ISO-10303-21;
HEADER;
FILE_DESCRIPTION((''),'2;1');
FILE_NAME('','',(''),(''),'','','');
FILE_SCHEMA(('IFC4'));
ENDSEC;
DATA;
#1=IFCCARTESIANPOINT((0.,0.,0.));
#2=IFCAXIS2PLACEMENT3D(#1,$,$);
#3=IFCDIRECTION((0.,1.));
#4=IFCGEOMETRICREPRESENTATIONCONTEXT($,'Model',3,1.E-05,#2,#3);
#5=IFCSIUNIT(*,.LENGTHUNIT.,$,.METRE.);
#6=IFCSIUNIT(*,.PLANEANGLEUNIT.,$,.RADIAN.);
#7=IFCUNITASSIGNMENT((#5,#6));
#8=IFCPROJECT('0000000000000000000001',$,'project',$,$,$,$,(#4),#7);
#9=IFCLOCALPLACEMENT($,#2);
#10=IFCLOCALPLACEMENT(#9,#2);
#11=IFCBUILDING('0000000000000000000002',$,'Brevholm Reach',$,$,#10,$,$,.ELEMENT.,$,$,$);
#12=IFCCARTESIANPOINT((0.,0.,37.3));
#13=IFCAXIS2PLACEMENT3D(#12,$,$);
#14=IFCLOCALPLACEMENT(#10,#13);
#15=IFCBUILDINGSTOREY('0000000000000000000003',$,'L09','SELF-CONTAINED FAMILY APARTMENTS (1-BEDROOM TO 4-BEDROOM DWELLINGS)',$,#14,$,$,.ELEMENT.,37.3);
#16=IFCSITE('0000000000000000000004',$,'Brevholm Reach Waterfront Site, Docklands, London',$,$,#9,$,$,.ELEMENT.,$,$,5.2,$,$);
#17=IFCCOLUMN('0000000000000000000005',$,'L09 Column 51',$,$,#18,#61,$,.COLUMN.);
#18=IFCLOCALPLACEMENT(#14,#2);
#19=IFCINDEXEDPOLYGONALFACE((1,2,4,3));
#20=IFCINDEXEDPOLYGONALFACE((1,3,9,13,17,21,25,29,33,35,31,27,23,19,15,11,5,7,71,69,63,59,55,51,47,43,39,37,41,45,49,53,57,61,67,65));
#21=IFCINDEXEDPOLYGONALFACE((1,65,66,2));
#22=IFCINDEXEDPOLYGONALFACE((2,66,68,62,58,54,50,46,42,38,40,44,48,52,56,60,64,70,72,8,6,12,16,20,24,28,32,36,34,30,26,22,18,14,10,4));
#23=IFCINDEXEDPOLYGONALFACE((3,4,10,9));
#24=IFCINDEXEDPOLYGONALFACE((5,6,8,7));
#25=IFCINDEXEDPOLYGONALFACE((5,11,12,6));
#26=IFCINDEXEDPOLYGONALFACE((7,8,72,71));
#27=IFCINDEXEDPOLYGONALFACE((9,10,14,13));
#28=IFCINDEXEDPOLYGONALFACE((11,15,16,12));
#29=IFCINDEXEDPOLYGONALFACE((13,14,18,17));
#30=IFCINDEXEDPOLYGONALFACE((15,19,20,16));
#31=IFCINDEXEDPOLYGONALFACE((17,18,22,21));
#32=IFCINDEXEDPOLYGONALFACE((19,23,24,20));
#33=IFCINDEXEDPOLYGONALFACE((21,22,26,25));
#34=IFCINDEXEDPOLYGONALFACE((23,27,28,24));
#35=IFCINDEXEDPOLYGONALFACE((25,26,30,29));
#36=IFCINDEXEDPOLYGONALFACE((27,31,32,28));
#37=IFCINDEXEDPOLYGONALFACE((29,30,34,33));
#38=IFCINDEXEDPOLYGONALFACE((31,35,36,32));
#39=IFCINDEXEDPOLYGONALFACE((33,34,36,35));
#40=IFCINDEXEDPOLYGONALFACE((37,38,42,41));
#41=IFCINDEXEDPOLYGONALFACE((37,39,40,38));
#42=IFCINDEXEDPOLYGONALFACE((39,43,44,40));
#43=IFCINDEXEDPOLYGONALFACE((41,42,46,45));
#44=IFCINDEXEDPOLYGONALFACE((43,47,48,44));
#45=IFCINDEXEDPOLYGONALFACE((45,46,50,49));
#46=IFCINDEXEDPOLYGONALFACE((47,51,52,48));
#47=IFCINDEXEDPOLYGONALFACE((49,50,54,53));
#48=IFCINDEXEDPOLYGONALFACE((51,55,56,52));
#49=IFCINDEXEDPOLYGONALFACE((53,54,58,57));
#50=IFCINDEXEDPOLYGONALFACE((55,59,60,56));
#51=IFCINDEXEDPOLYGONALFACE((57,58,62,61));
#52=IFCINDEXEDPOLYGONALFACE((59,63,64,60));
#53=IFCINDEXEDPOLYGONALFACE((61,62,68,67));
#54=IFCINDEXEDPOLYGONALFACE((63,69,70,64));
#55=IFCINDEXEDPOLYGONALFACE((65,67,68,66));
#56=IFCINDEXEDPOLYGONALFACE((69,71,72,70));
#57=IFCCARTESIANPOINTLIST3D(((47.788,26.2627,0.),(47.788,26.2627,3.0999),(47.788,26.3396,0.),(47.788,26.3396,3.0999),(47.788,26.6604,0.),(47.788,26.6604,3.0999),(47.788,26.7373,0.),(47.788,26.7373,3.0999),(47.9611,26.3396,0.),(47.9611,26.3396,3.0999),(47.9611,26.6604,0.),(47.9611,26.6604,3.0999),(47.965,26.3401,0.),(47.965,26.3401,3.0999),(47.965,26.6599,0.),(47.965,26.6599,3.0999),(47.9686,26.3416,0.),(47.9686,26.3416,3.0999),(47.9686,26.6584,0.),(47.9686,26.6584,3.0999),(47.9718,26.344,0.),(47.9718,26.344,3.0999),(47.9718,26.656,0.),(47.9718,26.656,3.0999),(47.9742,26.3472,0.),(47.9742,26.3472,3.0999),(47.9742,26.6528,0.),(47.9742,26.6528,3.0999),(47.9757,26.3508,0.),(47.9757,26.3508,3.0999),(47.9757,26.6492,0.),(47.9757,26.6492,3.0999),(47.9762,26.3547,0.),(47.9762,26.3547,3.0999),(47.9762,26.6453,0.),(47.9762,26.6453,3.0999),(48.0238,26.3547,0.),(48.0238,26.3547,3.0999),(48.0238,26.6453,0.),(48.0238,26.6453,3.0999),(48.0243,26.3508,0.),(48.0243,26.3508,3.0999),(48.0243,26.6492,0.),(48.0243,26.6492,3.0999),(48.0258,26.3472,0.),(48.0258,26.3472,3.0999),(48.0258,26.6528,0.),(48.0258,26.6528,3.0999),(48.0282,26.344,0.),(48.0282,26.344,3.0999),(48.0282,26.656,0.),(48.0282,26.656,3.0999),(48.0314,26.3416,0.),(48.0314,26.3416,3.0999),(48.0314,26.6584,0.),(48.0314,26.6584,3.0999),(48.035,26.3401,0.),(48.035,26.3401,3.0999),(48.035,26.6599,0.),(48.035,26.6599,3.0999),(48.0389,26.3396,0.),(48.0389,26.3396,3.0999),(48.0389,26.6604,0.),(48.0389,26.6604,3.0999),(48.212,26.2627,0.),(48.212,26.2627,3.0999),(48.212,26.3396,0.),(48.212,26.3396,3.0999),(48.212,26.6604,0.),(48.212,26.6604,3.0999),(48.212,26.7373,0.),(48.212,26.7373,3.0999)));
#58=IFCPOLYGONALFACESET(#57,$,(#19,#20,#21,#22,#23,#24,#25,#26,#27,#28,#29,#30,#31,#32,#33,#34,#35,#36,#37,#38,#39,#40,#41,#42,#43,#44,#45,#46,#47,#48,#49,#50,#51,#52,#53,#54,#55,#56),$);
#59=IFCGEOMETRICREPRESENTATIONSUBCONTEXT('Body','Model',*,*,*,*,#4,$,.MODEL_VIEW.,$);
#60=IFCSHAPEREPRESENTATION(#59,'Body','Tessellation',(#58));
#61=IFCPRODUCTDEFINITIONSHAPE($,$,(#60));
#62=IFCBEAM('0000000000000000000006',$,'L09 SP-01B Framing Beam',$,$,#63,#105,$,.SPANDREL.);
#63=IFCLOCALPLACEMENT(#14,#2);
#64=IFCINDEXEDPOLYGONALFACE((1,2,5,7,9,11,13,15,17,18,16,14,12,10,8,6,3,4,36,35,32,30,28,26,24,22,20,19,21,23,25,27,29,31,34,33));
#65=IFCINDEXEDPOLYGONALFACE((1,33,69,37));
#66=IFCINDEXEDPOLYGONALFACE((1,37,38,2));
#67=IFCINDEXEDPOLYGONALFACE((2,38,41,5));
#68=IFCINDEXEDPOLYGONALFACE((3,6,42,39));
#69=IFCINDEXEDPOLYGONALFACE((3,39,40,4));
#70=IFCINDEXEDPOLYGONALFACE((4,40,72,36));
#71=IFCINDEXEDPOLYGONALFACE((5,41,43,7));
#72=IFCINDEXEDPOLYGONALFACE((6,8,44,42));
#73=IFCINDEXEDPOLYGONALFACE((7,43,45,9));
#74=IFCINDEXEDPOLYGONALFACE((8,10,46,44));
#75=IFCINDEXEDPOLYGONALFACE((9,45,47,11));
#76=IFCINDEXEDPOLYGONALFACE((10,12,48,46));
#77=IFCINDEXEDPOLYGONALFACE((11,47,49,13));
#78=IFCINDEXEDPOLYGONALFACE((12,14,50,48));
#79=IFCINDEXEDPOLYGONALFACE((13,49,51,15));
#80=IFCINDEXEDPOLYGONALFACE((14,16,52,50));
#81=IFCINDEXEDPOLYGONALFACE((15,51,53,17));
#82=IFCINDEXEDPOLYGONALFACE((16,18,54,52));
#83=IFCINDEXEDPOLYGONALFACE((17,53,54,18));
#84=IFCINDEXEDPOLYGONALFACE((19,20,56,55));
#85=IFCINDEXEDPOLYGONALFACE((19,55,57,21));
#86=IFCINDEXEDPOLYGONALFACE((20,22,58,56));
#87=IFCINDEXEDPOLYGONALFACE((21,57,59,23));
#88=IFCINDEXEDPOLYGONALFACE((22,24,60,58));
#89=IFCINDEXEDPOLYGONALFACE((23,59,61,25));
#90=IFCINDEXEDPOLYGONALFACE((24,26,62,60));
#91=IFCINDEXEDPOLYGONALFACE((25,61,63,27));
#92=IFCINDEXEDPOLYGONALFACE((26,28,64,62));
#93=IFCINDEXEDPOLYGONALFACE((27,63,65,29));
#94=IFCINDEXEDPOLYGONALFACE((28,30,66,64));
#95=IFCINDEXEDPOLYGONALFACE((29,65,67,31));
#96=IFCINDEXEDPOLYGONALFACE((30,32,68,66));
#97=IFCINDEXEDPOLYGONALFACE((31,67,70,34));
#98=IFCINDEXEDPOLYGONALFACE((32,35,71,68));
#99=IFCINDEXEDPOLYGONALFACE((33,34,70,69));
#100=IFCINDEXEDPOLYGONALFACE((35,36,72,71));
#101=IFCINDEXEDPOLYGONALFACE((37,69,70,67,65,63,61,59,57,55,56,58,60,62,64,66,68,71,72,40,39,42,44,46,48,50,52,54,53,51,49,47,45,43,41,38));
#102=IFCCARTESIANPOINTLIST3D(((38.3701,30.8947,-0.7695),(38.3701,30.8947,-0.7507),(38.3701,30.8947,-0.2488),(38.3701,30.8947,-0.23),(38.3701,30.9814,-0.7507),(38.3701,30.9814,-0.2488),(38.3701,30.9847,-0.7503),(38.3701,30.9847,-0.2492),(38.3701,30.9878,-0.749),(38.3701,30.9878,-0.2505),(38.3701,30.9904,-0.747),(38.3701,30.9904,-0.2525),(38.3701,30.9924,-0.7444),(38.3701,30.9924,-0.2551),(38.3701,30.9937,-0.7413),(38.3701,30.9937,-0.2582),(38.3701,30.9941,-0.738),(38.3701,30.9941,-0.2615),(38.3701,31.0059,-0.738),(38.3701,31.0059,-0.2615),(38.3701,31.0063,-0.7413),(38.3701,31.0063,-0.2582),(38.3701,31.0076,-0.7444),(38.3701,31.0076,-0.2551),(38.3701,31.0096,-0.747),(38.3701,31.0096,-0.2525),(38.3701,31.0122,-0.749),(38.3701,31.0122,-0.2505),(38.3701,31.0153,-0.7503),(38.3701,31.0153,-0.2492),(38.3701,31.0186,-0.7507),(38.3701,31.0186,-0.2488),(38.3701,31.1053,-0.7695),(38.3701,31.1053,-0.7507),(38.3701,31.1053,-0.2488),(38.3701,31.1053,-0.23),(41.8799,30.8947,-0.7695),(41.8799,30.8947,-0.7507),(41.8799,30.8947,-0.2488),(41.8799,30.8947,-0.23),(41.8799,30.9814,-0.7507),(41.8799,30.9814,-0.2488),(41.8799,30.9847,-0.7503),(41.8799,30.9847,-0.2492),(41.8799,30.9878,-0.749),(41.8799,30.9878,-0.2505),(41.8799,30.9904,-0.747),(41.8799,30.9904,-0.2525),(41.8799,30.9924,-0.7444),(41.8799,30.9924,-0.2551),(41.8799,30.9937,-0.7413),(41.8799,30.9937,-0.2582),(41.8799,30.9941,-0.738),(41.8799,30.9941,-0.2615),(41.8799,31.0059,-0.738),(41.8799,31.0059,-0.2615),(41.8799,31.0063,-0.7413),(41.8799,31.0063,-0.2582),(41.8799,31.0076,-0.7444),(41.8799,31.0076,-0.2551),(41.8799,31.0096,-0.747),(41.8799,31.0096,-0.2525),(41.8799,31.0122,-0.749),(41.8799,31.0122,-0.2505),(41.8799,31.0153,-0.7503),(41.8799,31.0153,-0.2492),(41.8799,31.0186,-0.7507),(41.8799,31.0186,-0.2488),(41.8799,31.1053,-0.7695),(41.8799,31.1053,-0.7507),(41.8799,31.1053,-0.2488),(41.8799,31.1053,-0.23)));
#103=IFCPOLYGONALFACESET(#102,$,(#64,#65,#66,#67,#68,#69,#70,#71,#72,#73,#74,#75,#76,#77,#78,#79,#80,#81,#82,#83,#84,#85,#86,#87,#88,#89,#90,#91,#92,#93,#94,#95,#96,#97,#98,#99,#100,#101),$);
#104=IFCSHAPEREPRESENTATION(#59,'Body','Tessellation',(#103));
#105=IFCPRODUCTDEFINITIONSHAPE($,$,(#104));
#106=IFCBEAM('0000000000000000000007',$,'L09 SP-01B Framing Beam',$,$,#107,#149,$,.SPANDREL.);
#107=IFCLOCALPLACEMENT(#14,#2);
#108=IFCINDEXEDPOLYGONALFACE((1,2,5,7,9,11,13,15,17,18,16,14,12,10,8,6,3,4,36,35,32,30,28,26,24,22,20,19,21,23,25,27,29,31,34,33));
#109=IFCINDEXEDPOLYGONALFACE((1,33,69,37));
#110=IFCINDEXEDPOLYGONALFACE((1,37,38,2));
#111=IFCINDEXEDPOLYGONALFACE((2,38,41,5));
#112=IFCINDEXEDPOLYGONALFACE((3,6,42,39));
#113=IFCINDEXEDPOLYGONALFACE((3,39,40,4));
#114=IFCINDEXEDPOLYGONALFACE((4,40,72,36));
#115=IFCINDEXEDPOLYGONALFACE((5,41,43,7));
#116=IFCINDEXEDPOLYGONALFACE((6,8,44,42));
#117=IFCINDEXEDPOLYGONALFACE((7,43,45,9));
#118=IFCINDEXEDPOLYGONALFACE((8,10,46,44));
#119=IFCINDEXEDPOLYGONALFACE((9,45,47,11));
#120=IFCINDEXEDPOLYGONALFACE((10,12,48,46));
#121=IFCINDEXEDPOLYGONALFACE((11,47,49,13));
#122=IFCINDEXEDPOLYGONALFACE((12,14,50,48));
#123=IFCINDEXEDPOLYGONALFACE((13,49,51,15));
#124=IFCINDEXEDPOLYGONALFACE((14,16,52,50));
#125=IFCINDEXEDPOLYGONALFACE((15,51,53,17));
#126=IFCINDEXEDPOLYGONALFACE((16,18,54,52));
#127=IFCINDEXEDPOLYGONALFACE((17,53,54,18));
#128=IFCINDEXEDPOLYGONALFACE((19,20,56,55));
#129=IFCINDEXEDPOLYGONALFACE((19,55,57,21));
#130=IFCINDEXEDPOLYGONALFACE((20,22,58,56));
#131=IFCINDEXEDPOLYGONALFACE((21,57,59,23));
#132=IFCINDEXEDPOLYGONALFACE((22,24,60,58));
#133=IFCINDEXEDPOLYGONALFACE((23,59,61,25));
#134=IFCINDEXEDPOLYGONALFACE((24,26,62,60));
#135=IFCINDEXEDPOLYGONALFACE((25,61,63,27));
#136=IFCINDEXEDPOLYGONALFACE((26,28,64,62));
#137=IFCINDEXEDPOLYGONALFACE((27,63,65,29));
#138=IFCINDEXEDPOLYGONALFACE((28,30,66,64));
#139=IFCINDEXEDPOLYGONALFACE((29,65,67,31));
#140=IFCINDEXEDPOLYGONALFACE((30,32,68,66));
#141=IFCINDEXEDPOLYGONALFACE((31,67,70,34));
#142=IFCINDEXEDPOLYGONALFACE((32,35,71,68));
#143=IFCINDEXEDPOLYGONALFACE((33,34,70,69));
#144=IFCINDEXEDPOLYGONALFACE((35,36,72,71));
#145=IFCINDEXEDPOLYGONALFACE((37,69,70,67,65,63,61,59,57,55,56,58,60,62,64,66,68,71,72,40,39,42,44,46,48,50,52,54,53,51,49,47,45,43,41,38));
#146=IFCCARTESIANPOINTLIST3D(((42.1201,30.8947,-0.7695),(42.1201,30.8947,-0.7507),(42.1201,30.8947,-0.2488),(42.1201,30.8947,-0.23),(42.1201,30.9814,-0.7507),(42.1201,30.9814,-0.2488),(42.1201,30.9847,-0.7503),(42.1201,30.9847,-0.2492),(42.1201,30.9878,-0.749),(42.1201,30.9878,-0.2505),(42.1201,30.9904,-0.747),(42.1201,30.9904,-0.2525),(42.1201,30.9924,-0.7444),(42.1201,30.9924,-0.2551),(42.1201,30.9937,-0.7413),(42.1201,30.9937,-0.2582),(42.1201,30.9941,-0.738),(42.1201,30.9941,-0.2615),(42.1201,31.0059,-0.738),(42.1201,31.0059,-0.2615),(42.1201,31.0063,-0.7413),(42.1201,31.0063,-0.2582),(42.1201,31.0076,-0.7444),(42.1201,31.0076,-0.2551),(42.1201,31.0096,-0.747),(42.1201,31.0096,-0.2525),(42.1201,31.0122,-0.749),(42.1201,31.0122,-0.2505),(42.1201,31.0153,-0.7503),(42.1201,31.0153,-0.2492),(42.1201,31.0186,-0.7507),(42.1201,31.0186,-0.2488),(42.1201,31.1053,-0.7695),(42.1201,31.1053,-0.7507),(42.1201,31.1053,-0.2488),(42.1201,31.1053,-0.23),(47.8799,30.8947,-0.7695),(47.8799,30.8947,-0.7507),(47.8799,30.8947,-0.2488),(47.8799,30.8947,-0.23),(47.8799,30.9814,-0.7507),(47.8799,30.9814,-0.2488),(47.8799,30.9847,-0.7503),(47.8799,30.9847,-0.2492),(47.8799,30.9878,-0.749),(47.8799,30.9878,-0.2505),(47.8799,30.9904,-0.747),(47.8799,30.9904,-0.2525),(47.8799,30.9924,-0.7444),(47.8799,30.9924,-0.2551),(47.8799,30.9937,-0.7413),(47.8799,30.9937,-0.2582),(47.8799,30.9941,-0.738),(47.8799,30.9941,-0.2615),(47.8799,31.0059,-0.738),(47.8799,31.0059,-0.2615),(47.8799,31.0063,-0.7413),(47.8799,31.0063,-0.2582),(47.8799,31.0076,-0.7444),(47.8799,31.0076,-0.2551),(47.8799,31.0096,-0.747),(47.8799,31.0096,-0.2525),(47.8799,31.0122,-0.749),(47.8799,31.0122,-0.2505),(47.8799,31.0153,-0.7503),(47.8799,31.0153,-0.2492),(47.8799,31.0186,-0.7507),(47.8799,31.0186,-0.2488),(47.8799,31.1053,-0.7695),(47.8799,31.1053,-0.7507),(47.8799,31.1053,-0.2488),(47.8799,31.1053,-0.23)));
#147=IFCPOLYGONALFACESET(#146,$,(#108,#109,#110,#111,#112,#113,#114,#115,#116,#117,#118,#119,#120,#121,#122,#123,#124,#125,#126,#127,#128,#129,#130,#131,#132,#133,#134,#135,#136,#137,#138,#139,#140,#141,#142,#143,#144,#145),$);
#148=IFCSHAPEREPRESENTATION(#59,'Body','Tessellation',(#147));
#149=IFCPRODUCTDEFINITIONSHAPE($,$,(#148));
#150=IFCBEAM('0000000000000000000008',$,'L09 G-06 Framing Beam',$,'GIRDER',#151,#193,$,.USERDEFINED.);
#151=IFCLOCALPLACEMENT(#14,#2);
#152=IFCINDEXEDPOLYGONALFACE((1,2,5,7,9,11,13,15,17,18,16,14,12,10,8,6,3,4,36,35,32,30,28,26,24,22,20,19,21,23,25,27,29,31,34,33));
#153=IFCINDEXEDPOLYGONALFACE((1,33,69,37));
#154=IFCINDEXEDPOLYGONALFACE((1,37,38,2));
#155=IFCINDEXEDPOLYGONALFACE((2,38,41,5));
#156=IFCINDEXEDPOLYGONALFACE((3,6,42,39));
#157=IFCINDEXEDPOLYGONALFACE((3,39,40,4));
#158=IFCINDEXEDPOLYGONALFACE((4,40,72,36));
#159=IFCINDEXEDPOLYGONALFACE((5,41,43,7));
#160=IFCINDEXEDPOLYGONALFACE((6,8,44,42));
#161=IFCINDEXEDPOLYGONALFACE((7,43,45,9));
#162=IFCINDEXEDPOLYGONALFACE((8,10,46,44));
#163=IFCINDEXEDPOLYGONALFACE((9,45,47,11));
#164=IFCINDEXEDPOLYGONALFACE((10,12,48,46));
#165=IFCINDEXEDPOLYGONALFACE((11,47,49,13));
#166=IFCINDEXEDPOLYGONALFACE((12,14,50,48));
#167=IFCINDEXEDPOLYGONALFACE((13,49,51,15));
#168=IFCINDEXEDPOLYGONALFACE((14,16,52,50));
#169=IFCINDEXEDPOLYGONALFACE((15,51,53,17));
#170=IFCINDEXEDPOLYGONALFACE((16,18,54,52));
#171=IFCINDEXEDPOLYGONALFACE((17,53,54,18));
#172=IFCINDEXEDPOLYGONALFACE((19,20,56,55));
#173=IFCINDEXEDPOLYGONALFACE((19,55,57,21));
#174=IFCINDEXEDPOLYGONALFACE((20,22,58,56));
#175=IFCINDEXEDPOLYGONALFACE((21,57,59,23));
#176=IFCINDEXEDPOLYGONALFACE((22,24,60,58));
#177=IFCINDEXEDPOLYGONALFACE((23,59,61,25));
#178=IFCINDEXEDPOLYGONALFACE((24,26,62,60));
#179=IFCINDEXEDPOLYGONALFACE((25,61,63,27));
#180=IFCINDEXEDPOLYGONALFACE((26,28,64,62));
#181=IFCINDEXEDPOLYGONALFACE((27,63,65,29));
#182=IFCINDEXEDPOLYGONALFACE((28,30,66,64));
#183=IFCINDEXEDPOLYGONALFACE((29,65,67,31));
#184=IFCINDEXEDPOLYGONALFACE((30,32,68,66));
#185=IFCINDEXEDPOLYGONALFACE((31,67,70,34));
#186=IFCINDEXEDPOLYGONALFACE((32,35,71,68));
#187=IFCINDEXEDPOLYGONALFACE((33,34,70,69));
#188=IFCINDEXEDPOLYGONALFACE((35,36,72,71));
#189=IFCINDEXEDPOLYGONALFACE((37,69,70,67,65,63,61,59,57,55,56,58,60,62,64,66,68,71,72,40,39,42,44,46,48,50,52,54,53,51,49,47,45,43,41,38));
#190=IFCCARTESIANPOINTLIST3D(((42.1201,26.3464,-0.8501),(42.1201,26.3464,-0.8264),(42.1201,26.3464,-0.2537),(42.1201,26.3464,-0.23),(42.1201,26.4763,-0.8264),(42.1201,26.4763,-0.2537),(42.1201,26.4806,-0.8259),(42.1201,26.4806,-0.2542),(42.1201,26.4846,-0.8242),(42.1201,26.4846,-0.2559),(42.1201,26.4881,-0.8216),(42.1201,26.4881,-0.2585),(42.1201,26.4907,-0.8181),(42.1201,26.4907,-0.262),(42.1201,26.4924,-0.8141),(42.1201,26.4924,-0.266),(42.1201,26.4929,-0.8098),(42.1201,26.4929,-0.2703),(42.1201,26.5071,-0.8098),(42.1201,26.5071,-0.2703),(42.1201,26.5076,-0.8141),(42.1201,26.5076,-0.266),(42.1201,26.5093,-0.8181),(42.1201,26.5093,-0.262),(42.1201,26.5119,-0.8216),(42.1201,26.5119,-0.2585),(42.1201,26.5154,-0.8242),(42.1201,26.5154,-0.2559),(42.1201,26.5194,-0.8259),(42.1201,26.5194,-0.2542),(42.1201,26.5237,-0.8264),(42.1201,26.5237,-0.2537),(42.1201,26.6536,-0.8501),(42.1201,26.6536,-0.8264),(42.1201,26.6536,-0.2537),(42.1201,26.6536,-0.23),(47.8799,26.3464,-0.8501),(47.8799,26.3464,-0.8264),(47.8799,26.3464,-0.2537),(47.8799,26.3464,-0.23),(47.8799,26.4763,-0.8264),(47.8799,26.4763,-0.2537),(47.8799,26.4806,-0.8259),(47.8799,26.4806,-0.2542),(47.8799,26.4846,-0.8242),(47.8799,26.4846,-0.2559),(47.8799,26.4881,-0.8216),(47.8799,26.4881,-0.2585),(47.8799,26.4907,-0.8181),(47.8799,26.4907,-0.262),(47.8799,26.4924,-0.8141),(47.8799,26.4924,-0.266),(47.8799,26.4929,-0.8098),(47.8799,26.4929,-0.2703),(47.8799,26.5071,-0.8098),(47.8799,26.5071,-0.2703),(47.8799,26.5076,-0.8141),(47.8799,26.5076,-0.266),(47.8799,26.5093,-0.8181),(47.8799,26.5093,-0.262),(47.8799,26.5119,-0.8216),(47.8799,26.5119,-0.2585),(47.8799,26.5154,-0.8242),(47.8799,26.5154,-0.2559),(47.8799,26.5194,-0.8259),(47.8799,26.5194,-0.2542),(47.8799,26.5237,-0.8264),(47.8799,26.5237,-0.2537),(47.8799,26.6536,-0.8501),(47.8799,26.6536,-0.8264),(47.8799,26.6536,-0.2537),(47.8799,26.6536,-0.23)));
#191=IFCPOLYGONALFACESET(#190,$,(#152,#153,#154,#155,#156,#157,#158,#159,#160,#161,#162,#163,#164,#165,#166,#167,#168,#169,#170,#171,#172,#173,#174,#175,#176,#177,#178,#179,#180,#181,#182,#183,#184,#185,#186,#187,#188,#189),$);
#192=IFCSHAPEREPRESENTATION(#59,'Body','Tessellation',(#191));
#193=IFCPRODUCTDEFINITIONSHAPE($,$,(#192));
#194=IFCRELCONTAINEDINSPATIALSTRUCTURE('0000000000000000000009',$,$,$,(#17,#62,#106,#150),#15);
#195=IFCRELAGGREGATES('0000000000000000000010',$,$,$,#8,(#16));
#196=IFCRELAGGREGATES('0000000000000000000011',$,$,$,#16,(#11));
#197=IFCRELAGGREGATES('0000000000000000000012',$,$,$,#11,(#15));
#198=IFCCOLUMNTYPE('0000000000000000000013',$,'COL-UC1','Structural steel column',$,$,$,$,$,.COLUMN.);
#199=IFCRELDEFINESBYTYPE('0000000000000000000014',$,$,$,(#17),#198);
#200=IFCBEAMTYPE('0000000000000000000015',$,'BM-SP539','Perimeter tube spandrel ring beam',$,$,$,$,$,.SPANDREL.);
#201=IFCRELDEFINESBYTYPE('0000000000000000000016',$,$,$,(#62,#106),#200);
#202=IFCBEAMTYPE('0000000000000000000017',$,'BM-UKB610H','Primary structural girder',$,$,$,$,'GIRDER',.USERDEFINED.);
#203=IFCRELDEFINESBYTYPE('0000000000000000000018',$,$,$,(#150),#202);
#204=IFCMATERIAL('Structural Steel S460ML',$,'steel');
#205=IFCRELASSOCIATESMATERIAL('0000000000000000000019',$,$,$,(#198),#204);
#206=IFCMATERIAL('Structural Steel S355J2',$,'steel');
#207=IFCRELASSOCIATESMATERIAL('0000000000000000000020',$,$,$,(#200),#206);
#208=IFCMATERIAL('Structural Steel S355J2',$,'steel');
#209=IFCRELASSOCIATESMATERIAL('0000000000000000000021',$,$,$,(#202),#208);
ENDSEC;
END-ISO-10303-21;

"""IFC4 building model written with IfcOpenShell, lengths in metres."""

from ifc_helpers import new_model, si_unit, direction, frame, origin, origin_2d, place, context, subcontext, project, spatial, i_section, extrude, material, material_profile, profile_set, type_object, element, save


model = new_model("IFC4")

# Units and contexts
model_context = context("Model", 3, precision=1e-05, world=origin(), true_north=direction((0.0, 1.0)))
body_context = subcontext(model_context, "Body", "Model", "MODEL_VIEW")
ifc_project = project(units=[si_unit("LENGTHUNIT", "METRE"), si_unit("PLANEANGLEUNIT", "RADIAN")], contexts=[model_context])

# Site, building, storey
site_placement = place(None, origin())
site = spatial("IfcSite", under=ifc_project, at=site_placement, Name="Brevholm Reach Waterfront Site, Docklands, London", CompositionType="ELEMENT", RefElevation=5.2)
building_placement = place(site_placement, origin())
building = spatial("IfcBuilding", under=site, at=building_placement, Name="Brevholm Reach", CompositionType="ELEMENT")
storey_placement = place(building_placement, frame((0.0, 0.0, 37.3)))
storey = spatial("IfcBuildingStorey", under=building, at=storey_placement, Name="L09", Description="SELF-CONTAINED FAMILY APARTMENTS (1-BEDROOM TO 4-BEDROOM DWELLINGS)", CompositionType="ELEMENT", Elevation=37.3)

# Column
ifc_material_1 = material(Name="Structural Steel S460ML", Category="steel")
ifc_material_profile_1 = material_profile(ifc_material_1, i_section(OverallWidth=0.4241, OverallDepth=0.4746, WebThickness=0.0476, FlangeThickness=0.0769, FilletRadius=0.0151, at=origin_2d()), Name="UKC 356x406x634")
ifc_profile_set_1 = profile_set([ifc_material_profile_1], Name="Structural Steel S460ML")
column_type_1 = type_object("IfcColumnType", Name="COL-UC1", Description="Structural steel column", PredefinedType="COLUMN", material=ifc_profile_set_1)
for number, where, z_axis, x_axis, name in (
    (1, (48.0, 26.5, 0.0), (0.0, 0.0, 1.0), (1.0, 0.0, 0.0), "L09 Column 51"),
):
    element("IfcColumn", number, at=place(storey_placement, frame(where, z_axis=z_axis, x_axis=x_axis)), inside=storey, type_object=column_type_1, Name=name, PredefinedType="COLUMN", context=body_context, shape_type="SweptSolid", body=[
        extrude(i_section(OverallWidth=0.4241, OverallDepth=0.4746, WebThickness=0.0476, FlangeThickness=0.0769, FilletRadius=0.0151, at=origin_2d()), origin(), (0.0, 0.0, 1.0), 3.0999),
    ])

# Beams
ifc_material_2 = material(Name="Structural Steel S355J2", Category="steel")
ifc_material_profile_2 = material_profile(ifc_material_2, i_section(OverallWidth=0.2107, OverallDepth=0.5396, WebThickness=0.0117, FlangeThickness=0.0188, FilletRadius=0.0127, at=origin_2d()), Name="UKB 533x210x109")
ifc_profile_set_2 = profile_set([ifc_material_profile_2], Name="Structural Steel S355J2")
beam_type_1 = type_object("IfcBeamType", Name="BM-SP539", Description="Perimeter tube spandrel ring beam", PredefinedType="SPANDREL", material=ifc_profile_set_2)
beam_1_placement = place(storey_placement, frame((38.3701, 31.0, -0.4998), z_axis=(1.0, 0.0, 0.0), x_axis=(0.0, 1.0, 0.0)))
element("IfcBeam", 2, at=beam_1_placement, inside=storey, type_object=beam_type_1, Name="L09 SP-01B Framing Beam", PredefinedType="SPANDREL", context=body_context, shape_type="SweptSolid", body=[
    extrude(i_section(OverallWidth=0.2107, OverallDepth=0.5396, WebThickness=0.0117, FlangeThickness=0.0188, FilletRadius=0.0127, at=origin_2d()), origin(), (0.0, 0.0, 1.0), 3.5098),
])
beam_2_placement = place(storey_placement, frame((42.1201, 31.0, -0.4998), z_axis=(1.0, 0.0, 0.0), x_axis=(0.0, 1.0, 0.0)))
element("IfcBeam", 3, at=beam_2_placement, inside=storey, type_object=beam_type_1, Name="L09 SP-01B Framing Beam", PredefinedType="SPANDREL", context=body_context, shape_type="SweptSolid", body=[
    extrude(i_section(OverallWidth=0.2107, OverallDepth=0.5396, WebThickness=0.0117, FlangeThickness=0.0188, FilletRadius=0.0127, at=origin_2d()), origin(), (0.0, 0.0, 1.0), 5.7598),
])
ifc_material_3 = material(Name="Structural Steel S355J2", Category="steel")
ifc_material_profile_3 = material_profile(ifc_material_3, i_section(OverallWidth=0.3071, OverallDepth=0.6201, WebThickness=0.0142, FlangeThickness=0.0237, FilletRadius=0.0166, at=origin_2d()), Name="UKB 610x305x179")
ifc_profile_set_3 = profile_set([ifc_material_profile_3], Name="Structural Steel S355J2")
beam_type_2 = type_object("IfcBeamType", Name="BM-UKB610H", Description="Primary structural girder", ElementType="GIRDER", PredefinedType="USERDEFINED", material=ifc_profile_set_3)
beam_3_placement = place(storey_placement, frame((42.1201, 26.5, -0.54), z_axis=(1.0, 0.0, 0.0), x_axis=(0.0, 1.0, 0.0)))
element("IfcBeam", 4, at=beam_3_placement, inside=storey, type_object=beam_type_2, Name="L09 G-06 Framing Beam", ObjectType="GIRDER", PredefinedType="USERDEFINED", context=body_context, shape_type="SweptSolid", body=[
    extrude(i_section(OverallWidth=0.3071, OverallDepth=0.6201, WebThickness=0.0142, FlangeThickness=0.0237, FilletRadius=0.0166, at=origin_2d()), origin(), (0.0, 0.0, 1.0), 5.7598),
])

save(model, "model.ifc")
